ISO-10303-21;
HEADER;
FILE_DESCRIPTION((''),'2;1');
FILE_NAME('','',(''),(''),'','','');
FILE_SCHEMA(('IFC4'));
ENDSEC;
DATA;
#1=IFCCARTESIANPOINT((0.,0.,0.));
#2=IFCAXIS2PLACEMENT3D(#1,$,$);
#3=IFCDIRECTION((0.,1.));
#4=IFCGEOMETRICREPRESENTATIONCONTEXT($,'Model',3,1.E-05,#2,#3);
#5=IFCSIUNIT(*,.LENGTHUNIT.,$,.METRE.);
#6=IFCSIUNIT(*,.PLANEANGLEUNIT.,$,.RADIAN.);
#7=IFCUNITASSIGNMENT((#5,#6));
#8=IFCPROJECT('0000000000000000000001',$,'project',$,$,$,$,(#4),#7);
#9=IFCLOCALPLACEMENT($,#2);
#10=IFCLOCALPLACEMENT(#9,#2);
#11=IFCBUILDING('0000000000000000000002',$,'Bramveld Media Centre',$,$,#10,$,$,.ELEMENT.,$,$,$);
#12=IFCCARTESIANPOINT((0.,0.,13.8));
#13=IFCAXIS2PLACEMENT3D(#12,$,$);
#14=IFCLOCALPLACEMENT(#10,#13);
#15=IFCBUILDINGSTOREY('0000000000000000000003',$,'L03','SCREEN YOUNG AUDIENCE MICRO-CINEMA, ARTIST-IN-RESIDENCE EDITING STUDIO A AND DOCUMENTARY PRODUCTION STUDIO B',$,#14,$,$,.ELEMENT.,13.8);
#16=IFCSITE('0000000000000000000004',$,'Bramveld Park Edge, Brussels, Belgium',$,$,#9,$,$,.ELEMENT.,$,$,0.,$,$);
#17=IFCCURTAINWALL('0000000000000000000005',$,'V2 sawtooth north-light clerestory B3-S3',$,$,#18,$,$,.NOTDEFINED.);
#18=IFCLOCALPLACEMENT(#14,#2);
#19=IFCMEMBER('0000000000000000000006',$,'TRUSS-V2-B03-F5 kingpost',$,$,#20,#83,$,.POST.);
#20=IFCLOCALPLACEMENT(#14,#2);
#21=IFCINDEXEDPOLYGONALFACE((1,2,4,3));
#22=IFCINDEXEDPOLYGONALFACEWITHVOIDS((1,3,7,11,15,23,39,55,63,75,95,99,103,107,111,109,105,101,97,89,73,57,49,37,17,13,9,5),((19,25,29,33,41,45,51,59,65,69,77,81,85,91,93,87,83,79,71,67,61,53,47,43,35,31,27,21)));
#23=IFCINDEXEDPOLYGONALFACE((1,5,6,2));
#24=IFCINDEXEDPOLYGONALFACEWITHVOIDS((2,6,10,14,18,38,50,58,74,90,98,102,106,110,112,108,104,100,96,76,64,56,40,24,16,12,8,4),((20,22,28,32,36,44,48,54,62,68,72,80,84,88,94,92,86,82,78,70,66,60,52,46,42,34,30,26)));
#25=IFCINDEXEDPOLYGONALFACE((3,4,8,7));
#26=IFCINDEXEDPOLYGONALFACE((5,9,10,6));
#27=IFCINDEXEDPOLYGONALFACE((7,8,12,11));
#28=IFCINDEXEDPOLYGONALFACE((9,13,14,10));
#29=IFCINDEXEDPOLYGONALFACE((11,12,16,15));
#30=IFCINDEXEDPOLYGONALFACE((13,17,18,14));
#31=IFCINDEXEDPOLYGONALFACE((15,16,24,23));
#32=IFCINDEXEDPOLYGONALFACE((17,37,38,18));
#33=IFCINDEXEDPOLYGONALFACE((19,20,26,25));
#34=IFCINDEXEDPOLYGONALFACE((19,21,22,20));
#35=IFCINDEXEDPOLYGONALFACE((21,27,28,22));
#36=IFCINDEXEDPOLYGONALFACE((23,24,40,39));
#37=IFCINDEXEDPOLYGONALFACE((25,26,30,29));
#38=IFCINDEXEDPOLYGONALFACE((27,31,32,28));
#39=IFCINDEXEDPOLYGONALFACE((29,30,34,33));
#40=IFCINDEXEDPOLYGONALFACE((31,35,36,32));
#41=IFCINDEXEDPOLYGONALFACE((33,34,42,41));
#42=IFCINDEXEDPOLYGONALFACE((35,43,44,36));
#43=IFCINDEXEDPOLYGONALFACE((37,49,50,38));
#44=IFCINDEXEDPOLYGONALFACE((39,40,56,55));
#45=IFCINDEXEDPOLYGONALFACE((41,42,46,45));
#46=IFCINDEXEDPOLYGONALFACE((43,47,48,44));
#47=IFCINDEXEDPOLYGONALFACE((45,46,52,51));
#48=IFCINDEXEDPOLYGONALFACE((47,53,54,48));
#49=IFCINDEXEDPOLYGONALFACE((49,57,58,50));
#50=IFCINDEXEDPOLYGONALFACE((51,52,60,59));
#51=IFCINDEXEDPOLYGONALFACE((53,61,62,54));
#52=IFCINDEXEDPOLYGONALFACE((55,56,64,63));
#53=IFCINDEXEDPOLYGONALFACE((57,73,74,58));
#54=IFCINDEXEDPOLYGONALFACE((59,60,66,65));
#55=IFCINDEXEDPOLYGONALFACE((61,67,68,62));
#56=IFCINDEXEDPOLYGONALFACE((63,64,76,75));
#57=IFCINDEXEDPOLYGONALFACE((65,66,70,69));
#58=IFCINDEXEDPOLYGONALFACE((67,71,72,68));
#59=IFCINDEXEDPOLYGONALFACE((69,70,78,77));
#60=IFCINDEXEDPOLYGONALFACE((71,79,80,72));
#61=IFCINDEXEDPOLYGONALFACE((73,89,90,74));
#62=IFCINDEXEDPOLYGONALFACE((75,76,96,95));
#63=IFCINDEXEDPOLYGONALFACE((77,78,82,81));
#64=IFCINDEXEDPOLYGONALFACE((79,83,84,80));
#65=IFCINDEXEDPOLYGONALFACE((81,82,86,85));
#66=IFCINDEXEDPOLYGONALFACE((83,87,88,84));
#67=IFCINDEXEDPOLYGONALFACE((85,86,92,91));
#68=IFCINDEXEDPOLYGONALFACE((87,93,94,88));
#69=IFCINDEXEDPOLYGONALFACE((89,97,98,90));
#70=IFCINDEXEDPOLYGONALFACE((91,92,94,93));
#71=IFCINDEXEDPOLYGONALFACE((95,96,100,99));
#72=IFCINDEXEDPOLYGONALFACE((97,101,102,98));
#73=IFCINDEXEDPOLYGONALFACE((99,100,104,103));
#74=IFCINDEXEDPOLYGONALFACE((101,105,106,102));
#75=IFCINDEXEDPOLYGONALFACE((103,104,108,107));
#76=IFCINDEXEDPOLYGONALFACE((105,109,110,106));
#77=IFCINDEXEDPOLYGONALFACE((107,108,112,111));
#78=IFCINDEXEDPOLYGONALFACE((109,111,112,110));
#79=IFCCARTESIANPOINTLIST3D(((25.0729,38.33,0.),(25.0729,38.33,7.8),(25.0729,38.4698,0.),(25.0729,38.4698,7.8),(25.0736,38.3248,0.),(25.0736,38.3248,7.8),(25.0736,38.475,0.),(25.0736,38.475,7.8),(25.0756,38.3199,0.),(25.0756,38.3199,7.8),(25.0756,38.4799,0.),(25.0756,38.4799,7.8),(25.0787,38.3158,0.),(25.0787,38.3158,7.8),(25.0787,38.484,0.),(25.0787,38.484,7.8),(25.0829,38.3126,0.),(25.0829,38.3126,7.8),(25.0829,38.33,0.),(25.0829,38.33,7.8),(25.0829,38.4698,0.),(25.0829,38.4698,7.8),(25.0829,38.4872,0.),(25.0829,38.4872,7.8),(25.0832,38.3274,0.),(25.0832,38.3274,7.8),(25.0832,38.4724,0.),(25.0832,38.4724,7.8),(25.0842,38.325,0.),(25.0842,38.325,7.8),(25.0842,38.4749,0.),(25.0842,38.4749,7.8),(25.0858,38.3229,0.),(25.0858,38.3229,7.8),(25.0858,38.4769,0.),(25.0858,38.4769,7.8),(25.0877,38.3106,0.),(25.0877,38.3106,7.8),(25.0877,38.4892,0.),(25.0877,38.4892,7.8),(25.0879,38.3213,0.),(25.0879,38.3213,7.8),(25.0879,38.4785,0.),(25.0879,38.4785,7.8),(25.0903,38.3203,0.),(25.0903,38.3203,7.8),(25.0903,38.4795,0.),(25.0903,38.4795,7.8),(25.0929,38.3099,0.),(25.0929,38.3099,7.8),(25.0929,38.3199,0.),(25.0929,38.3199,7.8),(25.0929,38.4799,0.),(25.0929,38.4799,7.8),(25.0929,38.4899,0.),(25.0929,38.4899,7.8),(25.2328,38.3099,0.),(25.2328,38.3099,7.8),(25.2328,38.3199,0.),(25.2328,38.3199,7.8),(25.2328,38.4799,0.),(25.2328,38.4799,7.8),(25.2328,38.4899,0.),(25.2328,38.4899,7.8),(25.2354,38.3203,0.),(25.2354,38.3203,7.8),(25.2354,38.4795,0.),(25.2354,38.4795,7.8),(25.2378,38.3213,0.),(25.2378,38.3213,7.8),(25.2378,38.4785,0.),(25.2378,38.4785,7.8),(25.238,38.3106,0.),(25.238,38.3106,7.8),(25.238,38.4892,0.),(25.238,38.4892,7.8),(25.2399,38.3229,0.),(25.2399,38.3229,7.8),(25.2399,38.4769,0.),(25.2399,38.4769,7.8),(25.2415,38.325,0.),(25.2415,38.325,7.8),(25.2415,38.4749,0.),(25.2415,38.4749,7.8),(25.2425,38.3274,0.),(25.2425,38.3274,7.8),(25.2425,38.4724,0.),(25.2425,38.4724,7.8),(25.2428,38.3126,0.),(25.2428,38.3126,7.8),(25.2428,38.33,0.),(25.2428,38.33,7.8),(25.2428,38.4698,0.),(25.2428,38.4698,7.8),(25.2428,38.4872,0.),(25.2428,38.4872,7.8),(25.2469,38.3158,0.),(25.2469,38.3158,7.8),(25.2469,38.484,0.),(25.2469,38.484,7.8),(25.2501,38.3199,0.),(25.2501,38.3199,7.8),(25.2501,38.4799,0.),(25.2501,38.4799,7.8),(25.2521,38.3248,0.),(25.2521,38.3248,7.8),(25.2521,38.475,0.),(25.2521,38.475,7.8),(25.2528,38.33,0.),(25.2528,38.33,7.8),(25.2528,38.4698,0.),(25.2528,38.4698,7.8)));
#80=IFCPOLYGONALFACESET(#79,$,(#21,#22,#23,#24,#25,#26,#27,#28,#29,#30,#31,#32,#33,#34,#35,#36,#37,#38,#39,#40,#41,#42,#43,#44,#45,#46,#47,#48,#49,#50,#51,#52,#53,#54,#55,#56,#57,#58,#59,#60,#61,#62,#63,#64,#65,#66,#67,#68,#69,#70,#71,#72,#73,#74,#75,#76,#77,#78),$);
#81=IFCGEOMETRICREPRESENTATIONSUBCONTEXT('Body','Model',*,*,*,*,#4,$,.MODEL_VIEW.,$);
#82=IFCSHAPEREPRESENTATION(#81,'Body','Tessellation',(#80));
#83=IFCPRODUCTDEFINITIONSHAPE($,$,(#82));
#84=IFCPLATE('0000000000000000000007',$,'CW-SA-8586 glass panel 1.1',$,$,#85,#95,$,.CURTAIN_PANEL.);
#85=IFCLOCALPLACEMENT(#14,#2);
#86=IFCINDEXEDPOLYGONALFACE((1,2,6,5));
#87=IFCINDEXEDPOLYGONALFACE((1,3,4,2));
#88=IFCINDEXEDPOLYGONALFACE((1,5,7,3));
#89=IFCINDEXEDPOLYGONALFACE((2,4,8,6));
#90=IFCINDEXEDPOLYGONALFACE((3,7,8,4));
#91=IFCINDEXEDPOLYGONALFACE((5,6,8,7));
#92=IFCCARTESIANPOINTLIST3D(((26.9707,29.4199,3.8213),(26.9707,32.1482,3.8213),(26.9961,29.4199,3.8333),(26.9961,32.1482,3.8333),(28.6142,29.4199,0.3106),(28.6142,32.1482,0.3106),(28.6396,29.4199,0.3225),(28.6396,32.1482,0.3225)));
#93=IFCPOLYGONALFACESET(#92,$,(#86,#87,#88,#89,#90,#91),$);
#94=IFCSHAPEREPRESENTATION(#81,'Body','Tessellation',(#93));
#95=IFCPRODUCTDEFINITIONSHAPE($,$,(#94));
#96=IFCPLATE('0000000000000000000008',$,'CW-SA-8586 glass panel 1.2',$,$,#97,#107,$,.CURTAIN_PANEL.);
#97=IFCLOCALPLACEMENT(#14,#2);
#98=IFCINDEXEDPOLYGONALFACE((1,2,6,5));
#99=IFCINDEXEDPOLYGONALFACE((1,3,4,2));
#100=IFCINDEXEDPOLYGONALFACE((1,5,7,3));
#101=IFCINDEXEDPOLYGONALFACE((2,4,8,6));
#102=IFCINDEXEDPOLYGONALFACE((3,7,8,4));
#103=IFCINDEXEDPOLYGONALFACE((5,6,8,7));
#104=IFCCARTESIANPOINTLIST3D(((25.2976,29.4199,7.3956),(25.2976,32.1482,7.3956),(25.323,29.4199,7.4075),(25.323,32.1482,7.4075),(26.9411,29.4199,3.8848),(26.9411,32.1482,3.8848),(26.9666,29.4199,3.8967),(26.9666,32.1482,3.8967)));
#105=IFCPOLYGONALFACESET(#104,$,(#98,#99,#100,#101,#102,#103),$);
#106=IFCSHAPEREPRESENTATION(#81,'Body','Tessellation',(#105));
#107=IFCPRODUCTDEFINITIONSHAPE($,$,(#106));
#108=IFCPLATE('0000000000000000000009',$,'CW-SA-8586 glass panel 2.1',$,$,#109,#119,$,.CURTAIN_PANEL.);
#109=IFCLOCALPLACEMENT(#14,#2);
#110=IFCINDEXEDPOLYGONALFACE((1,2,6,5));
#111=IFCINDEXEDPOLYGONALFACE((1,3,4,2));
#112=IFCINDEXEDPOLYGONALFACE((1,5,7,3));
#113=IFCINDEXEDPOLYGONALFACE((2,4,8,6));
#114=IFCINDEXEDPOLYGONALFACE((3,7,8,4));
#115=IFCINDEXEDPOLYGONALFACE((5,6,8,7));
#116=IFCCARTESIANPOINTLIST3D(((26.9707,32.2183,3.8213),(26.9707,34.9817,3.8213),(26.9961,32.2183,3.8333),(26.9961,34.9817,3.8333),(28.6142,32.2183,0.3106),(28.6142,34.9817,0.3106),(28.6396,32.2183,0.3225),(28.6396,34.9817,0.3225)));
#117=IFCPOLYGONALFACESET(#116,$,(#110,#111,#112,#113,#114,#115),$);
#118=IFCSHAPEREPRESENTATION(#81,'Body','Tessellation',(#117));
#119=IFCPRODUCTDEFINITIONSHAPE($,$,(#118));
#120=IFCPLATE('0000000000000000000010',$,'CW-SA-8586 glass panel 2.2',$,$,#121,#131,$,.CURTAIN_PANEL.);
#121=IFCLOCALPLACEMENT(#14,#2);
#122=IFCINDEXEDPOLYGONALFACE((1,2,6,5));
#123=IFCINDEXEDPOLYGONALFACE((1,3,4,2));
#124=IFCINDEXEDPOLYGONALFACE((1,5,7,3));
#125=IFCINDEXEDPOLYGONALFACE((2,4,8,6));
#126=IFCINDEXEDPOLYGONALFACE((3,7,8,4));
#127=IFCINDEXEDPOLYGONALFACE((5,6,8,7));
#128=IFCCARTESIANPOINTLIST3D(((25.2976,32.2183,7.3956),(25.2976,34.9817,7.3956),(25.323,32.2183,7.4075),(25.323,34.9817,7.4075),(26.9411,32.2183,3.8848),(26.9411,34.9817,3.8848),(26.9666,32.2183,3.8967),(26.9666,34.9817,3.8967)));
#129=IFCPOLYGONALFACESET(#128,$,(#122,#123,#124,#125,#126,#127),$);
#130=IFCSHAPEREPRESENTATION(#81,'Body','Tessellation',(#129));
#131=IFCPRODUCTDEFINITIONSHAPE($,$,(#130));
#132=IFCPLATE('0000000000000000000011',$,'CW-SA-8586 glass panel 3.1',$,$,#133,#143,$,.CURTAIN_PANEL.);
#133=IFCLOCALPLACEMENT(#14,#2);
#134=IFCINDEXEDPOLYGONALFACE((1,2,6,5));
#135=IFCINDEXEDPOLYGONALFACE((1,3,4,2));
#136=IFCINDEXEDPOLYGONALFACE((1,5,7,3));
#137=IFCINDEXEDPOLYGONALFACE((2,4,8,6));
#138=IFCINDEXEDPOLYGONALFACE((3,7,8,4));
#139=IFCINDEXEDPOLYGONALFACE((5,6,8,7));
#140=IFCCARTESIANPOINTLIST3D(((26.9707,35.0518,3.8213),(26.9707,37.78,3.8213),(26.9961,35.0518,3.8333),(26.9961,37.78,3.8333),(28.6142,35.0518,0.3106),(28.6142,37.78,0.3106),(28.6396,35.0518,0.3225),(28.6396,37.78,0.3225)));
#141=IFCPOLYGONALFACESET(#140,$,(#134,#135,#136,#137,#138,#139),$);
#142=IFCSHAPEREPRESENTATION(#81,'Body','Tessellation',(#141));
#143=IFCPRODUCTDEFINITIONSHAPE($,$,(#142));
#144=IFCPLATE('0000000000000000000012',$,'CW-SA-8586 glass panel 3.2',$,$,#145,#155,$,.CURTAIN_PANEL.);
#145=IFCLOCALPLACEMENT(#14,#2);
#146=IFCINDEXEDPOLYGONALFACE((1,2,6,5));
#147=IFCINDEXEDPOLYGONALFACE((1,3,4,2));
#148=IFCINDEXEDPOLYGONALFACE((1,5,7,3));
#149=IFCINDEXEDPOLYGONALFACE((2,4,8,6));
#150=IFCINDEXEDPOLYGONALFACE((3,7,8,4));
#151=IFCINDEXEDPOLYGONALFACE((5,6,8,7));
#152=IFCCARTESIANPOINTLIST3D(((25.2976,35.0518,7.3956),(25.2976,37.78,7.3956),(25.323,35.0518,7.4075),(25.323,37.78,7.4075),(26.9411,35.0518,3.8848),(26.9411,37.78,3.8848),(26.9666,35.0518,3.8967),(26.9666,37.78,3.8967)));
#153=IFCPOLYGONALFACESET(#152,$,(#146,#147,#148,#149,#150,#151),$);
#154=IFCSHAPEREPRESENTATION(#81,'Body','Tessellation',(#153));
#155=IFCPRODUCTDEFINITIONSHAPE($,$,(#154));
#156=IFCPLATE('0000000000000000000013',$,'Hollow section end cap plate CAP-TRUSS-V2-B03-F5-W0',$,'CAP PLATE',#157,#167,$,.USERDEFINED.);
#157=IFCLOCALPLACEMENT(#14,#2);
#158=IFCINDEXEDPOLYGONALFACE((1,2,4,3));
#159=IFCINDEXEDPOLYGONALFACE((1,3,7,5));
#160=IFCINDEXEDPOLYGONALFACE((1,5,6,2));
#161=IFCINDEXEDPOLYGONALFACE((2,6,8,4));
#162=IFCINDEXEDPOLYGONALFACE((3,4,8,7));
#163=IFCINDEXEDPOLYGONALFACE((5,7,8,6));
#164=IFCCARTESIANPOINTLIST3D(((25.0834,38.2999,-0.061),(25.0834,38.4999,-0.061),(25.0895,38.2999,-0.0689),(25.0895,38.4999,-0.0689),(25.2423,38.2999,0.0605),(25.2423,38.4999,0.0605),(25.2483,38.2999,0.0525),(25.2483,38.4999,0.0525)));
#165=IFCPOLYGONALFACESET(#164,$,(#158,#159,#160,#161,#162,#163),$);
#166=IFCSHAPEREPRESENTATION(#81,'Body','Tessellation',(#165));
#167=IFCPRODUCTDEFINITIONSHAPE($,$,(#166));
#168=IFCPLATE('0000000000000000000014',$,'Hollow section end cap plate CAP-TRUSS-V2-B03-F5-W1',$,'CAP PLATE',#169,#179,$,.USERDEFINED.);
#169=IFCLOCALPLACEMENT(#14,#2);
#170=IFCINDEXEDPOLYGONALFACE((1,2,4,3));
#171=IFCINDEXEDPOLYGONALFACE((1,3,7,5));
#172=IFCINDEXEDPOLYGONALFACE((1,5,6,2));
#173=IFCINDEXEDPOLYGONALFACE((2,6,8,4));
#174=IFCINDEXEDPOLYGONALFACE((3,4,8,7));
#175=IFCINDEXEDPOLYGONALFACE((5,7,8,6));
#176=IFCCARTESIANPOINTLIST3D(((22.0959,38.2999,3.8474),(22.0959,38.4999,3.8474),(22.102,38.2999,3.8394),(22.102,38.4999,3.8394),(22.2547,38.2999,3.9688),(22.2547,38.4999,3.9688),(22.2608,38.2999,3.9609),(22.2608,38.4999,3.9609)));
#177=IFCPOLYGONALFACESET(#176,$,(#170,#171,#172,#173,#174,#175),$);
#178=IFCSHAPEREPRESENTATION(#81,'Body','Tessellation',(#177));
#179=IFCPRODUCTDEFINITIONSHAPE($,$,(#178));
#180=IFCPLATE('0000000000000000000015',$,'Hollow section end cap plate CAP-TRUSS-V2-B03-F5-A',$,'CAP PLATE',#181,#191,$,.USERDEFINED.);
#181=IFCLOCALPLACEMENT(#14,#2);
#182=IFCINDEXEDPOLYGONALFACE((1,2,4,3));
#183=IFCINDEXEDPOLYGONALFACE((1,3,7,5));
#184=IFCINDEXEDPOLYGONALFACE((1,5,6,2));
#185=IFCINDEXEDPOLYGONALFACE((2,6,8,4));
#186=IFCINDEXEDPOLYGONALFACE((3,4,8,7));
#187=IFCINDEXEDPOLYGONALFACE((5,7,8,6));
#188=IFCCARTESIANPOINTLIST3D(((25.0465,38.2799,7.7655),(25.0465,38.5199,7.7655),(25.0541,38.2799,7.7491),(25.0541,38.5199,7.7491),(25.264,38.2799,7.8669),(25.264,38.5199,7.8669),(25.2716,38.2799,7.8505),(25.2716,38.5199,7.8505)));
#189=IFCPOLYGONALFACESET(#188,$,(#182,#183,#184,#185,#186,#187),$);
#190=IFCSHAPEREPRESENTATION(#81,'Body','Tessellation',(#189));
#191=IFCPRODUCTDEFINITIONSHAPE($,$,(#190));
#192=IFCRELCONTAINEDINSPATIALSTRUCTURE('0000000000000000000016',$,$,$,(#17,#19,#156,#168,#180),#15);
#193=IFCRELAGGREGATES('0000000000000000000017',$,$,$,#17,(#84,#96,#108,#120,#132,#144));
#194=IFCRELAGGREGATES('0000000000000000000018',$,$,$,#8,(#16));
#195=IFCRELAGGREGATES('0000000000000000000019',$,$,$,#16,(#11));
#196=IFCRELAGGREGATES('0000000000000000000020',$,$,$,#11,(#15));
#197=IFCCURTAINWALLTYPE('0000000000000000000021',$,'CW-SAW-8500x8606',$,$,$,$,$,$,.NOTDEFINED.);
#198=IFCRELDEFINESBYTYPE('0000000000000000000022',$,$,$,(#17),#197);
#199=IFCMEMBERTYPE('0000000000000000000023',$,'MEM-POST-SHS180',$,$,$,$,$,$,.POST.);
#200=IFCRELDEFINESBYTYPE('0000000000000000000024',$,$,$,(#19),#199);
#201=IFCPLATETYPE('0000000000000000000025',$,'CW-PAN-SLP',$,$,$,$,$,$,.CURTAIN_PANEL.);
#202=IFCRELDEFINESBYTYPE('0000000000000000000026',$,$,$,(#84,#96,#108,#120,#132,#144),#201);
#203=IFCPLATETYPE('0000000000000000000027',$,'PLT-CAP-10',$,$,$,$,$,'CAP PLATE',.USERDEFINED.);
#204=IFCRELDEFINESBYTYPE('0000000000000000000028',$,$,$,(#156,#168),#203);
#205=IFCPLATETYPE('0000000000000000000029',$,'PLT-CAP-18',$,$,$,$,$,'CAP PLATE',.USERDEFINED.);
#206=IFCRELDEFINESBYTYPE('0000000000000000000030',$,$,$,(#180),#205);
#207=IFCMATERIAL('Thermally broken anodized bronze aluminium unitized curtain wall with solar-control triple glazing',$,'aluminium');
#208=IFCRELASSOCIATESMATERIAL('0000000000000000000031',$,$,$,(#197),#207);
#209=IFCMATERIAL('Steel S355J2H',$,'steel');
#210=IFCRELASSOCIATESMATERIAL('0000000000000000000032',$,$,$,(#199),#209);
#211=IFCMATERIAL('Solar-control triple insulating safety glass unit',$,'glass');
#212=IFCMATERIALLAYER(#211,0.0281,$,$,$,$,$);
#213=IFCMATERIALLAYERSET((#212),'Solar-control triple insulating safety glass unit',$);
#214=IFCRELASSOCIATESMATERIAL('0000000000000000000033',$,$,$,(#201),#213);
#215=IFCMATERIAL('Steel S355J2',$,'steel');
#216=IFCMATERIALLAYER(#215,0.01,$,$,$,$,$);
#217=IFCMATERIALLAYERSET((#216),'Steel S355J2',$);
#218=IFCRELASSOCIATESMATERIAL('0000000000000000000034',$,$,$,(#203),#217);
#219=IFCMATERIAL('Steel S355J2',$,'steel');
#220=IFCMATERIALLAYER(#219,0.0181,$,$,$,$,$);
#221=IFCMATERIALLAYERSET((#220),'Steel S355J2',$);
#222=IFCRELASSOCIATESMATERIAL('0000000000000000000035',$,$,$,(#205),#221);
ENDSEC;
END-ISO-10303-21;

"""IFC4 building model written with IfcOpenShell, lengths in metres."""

from ifc_helpers import new_model, si_unit, direction, frame, origin, origin_2d, place, context, subcontext, project, spatial, polyline, rectangle, hollow_rectangle, outline, extrude, material, layer, layer_set, material_profile, profile_set, type_object, element, aggregate, save


model = new_model("IFC4")

# Units and contexts
model_context = context("Model", 3, precision=1e-05, world=origin(), true_north=direction((0.0, 1.0)))
body_context = subcontext(model_context, "Body", "Model", "MODEL_VIEW")
ifc_project = project(units=[si_unit("LENGTHUNIT", "METRE"), si_unit("PLANEANGLEUNIT", "RADIAN")], contexts=[model_context])

# Site, building, storey
site_placement = place(None, origin())
site = spatial("IfcSite", under=ifc_project, at=site_placement, Name="Bramveld Park Edge, Brussels, Belgium", CompositionType="ELEMENT", RefElevation=0.0)
building_placement = place(site_placement, origin())
building = spatial("IfcBuilding", under=site, at=building_placement, Name="Bramveld Media Centre", CompositionType="ELEMENT")
storey_placement = place(building_placement, frame((0.0, 0.0, 13.8)))
storey = spatial("IfcBuildingStorey", under=building, at=storey_placement, Name="L03", Description="SCREEN YOUNG AUDIENCE MICRO-CINEMA, ARTIST-IN-RESIDENCE EDITING STUDIO A AND DOCUMENTARY PRODUCTION STUDIO B", CompositionType="ELEMENT", Elevation=13.8)

# Curtain wall
ifc_material_1 = material(Name="Thermally broken anodized bronze aluminium unitized curtain wall with solar-control triple glazing", Category="aluminium")
curtain_wall_type = type_object("IfcCurtainWallType", Name="CW-SAW-8500x8606", PredefinedType="NOTDEFINED", material=ifc_material_1)
curtain_wall_placement = place(storey_placement, origin())
curtain_wall = element("IfcCurtainWall", 1, at=curtain_wall_placement, inside=storey, type_object=curtain_wall_type, Name="V2 sawtooth north-light clerestory B3-S3", PredefinedType="NOTDEFINED")

# Member
ifc_material_2 = material(Name="Steel S355J2H", Category="steel")
ifc_material_profile_1 = material_profile(ifc_material_2, hollow_rectangle(XDim=0.1799, YDim=0.1799, WallThickness=0.01, InnerFilletRadius=0.01, OuterFilletRadius=0.02, at=origin_2d()), Name="SHS 180x180x10")
ifc_profile_set_1 = profile_set([ifc_material_profile_1], Name="Steel S355J2H")
member_type_1 = type_object("IfcMemberType", Name="MEM-POST-SHS180", PredefinedType="POST", material=ifc_profile_set_1)
member_1_placement = place(storey_placement, frame((25.1628, 38.3999, 0.0), z_axis=(0.0, 0.0, 1.0), x_axis=(1.0, 0.0, 0.0)))
element("IfcMember", 2, at=member_1_placement, inside=storey, type_object=member_type_1, Name="TRUSS-V2-B03-F5 kingpost", PredefinedType="POST", context=body_context, shape_type="SweptSolid", body=[
    extrude(hollow_rectangle(XDim=0.1799, YDim=0.1799, WallThickness=0.01, InnerFilletRadius=0.01, OuterFilletRadius=0.02, at=origin_2d()), origin(), (0.0, 0.0, 1.0), 7.8),
])

# Plates
ifc_material_3 = material(Name="Solar-control triple insulating safety glass unit", Category="glass")
ifc_layer_1 = layer(ifc_material_3, 0.0281)
ifc_layer_set_1 = layer_set([ifc_layer_1], Name="Solar-control triple insulating safety glass unit")
plate_type_1 = type_object("IfcPlateType", Name="CW-PAN-SLP", PredefinedType="CURTAIN_PANEL", material=ifc_layer_set_1)
plate_1_placement = place(storey_placement, frame((28.6396, 29.4199, 0.3225), z_axis=(0.905668, 0.0, 0.423988), x_axis=(0.0, 1.0, 0.0)))
plate_1 = element("IfcPlate", 3, at=plate_1_placement, type_object=plate_type_1, Name="CW-SA-8586 glass panel 1.1", PredefinedType="CURTAIN_PANEL", context=body_context, shape_type="SweptSolid", body=[
    extrude(outline(polyline([(0.0, 0.0), (2.7283, 0.0), (2.7283, 3.8764), (0.0, 3.8764), (0.0, 0.0)])), origin(), (0.0, 0.0, -1.0), 0.0281),
])
plate_2_placement = place(storey_placement, frame((26.9666, 29.4199, 3.8967), z_axis=(0.905668, 0.0, 0.423988), x_axis=(0.0, 1.0, 0.0)))
plate_2 = element("IfcPlate", 4, at=plate_2_placement, type_object=plate_type_1, Name="CW-SA-8586 glass panel 1.2", PredefinedType="CURTAIN_PANEL", context=body_context, shape_type="SweptSolid", body=[
    extrude(outline(polyline([(0.0, 0.0), (2.7283, 0.0), (2.7283, 3.8764), (0.0, 3.8764), (0.0, 0.0)])), origin(), (0.0, 0.0, -1.0), 0.0281),
])
plate_3_placement = place(storey_placement, frame((28.6396, 32.2183, 0.3225), z_axis=(0.905668, 0.0, 0.423988), x_axis=(0.0, 1.0, 0.0)))
plate_3 = element("IfcPlate", 5, at=plate_3_placement, type_object=plate_type_1, Name="CW-SA-8586 glass panel 2.1", PredefinedType="CURTAIN_PANEL", context=body_context, shape_type="SweptSolid", body=[
    extrude(outline(polyline([(0.0, 0.0), (2.7634, 0.0), (2.7634, 3.8764), (0.0, 3.8764), (0.0, 0.0)])), origin(), (0.0, 0.0, -1.0), 0.0281),
])
plate_4_placement = place(storey_placement, frame((26.9666, 32.2183, 3.8967), z_axis=(0.905668, 0.0, 0.423988), x_axis=(0.0, 1.0, 0.0)))
plate_4 = element("IfcPlate", 6, at=plate_4_placement, type_object=plate_type_1, Name="CW-SA-8586 glass panel 2.2", PredefinedType="CURTAIN_PANEL", context=body_context, shape_type="SweptSolid", body=[
    extrude(outline(polyline([(0.0, 0.0), (2.7634, 0.0), (2.7634, 3.8764), (0.0, 3.8764), (0.0, 0.0)])), origin(), (0.0, 0.0, -1.0), 0.0281),
])
plate_5_placement = place(storey_placement, frame((28.6396, 35.0518, 0.3225), z_axis=(0.905668, 0.0, 0.423988), x_axis=(0.0, 1.0, 0.0)))
plate_5 = element("IfcPlate", 7, at=plate_5_placement, type_object=plate_type_1, Name="CW-SA-8586 glass panel 3.1", PredefinedType="CURTAIN_PANEL", context=body_context, shape_type="SweptSolid", body=[
    extrude(outline(polyline([(0.0, 0.0), (2.7283, 0.0), (2.7283, 3.8764), (0.0, 3.8764), (0.0, 0.0)])), origin(), (0.0, 0.0, -1.0), 0.0281),
])
plate_6_placement = place(storey_placement, frame((26.9666, 35.0518, 3.8967), z_axis=(0.905668, 0.0, 0.423988), x_axis=(0.0, 1.0, 0.0)))
plate_6 = element("IfcPlate", 8, at=plate_6_placement, type_object=plate_type_1, Name="CW-SA-8586 glass panel 3.2", PredefinedType="CURTAIN_PANEL", context=body_context, shape_type="SweptSolid", body=[
    extrude(outline(polyline([(0.0, 0.0), (2.7283, 0.0), (2.7283, 3.8764), (0.0, 3.8764), (0.0, 0.0)])), origin(), (0.0, 0.0, -1.0), 0.0281),
])
aggregate(curtain_wall, [plate_1, plate_2, plate_3, plate_4, plate_5, plate_6])

# Plates
ifc_material_4 = material(Name="Steel S355J2", Category="steel")
ifc_layer_2 = layer(ifc_material_4, 0.01)
ifc_layer_set_2 = layer_set([ifc_layer_2], Name="Steel S355J2")
plate_type_2 = type_object("IfcPlateType", Name="PLT-CAP-10", ElementType="CAP PLATE", PredefinedType="USERDEFINED", material=ifc_layer_set_2)
for number, where, z_axis, x_axis, name in (
    (9, (25.1628, 38.3999, -0.0002), (0.607328, 0.0, -0.794451), (0.0, 1.0, 0.0), "Hollow section end cap plate CAP-TRUSS-V2-B03-F5-W0"),
    (10, (22.1814, 38.3999, 3.9001), (-0.607328, 0.0, 0.794451), (0.0, -1.0, 0.0), "Hollow section end cap plate CAP-TRUSS-V2-B03-F5-W1"),
):
    element("IfcPlate", number, at=place(storey_placement, frame(where, z_axis=z_axis, x_axis=x_axis)), inside=storey, type_object=plate_type_2, Name=name, ObjectType="CAP PLATE", PredefinedType="USERDEFINED", context=body_context, shape_type="SweptSolid", body=[
        extrude(rectangle(XDim=0.2, YDim=0.2, at=origin_2d()), origin(), (0.0, 0.0, 1.0), 0.01),
    ])
ifc_material_5 = material(Name="Steel S355J2", Category="steel")
ifc_layer_3 = layer(ifc_material_5, 0.0181)
ifc_layer_set_3 = layer_set([ifc_layer_3], Name="Steel S355J2")
plate_type_3 = type_object("IfcPlateType", Name="PLT-CAP-18", ElementType="CAP PLATE", PredefinedType="USERDEFINED", material=ifc_layer_set_3)
plate_7_placement = place(storey_placement, frame((25.1628, 38.3999, 7.7998), z_axis=(-0.422618, 0.0, 0.906308), x_axis=(0.0, -1.0, 0.0)))
element("IfcPlate", 11, at=plate_7_placement, inside=storey, type_object=plate_type_3, Name="Hollow section end cap plate CAP-TRUSS-V2-B03-F5-A", ObjectType="CAP PLATE", PredefinedType="USERDEFINED", context=body_context, shape_type="SweptSolid", body=[
    extrude(rectangle(XDim=0.24, YDim=0.24, at=origin_2d()), origin(), (0.0, 0.0, 1.0), 0.0181),
])

save(model, "model.ifc")
